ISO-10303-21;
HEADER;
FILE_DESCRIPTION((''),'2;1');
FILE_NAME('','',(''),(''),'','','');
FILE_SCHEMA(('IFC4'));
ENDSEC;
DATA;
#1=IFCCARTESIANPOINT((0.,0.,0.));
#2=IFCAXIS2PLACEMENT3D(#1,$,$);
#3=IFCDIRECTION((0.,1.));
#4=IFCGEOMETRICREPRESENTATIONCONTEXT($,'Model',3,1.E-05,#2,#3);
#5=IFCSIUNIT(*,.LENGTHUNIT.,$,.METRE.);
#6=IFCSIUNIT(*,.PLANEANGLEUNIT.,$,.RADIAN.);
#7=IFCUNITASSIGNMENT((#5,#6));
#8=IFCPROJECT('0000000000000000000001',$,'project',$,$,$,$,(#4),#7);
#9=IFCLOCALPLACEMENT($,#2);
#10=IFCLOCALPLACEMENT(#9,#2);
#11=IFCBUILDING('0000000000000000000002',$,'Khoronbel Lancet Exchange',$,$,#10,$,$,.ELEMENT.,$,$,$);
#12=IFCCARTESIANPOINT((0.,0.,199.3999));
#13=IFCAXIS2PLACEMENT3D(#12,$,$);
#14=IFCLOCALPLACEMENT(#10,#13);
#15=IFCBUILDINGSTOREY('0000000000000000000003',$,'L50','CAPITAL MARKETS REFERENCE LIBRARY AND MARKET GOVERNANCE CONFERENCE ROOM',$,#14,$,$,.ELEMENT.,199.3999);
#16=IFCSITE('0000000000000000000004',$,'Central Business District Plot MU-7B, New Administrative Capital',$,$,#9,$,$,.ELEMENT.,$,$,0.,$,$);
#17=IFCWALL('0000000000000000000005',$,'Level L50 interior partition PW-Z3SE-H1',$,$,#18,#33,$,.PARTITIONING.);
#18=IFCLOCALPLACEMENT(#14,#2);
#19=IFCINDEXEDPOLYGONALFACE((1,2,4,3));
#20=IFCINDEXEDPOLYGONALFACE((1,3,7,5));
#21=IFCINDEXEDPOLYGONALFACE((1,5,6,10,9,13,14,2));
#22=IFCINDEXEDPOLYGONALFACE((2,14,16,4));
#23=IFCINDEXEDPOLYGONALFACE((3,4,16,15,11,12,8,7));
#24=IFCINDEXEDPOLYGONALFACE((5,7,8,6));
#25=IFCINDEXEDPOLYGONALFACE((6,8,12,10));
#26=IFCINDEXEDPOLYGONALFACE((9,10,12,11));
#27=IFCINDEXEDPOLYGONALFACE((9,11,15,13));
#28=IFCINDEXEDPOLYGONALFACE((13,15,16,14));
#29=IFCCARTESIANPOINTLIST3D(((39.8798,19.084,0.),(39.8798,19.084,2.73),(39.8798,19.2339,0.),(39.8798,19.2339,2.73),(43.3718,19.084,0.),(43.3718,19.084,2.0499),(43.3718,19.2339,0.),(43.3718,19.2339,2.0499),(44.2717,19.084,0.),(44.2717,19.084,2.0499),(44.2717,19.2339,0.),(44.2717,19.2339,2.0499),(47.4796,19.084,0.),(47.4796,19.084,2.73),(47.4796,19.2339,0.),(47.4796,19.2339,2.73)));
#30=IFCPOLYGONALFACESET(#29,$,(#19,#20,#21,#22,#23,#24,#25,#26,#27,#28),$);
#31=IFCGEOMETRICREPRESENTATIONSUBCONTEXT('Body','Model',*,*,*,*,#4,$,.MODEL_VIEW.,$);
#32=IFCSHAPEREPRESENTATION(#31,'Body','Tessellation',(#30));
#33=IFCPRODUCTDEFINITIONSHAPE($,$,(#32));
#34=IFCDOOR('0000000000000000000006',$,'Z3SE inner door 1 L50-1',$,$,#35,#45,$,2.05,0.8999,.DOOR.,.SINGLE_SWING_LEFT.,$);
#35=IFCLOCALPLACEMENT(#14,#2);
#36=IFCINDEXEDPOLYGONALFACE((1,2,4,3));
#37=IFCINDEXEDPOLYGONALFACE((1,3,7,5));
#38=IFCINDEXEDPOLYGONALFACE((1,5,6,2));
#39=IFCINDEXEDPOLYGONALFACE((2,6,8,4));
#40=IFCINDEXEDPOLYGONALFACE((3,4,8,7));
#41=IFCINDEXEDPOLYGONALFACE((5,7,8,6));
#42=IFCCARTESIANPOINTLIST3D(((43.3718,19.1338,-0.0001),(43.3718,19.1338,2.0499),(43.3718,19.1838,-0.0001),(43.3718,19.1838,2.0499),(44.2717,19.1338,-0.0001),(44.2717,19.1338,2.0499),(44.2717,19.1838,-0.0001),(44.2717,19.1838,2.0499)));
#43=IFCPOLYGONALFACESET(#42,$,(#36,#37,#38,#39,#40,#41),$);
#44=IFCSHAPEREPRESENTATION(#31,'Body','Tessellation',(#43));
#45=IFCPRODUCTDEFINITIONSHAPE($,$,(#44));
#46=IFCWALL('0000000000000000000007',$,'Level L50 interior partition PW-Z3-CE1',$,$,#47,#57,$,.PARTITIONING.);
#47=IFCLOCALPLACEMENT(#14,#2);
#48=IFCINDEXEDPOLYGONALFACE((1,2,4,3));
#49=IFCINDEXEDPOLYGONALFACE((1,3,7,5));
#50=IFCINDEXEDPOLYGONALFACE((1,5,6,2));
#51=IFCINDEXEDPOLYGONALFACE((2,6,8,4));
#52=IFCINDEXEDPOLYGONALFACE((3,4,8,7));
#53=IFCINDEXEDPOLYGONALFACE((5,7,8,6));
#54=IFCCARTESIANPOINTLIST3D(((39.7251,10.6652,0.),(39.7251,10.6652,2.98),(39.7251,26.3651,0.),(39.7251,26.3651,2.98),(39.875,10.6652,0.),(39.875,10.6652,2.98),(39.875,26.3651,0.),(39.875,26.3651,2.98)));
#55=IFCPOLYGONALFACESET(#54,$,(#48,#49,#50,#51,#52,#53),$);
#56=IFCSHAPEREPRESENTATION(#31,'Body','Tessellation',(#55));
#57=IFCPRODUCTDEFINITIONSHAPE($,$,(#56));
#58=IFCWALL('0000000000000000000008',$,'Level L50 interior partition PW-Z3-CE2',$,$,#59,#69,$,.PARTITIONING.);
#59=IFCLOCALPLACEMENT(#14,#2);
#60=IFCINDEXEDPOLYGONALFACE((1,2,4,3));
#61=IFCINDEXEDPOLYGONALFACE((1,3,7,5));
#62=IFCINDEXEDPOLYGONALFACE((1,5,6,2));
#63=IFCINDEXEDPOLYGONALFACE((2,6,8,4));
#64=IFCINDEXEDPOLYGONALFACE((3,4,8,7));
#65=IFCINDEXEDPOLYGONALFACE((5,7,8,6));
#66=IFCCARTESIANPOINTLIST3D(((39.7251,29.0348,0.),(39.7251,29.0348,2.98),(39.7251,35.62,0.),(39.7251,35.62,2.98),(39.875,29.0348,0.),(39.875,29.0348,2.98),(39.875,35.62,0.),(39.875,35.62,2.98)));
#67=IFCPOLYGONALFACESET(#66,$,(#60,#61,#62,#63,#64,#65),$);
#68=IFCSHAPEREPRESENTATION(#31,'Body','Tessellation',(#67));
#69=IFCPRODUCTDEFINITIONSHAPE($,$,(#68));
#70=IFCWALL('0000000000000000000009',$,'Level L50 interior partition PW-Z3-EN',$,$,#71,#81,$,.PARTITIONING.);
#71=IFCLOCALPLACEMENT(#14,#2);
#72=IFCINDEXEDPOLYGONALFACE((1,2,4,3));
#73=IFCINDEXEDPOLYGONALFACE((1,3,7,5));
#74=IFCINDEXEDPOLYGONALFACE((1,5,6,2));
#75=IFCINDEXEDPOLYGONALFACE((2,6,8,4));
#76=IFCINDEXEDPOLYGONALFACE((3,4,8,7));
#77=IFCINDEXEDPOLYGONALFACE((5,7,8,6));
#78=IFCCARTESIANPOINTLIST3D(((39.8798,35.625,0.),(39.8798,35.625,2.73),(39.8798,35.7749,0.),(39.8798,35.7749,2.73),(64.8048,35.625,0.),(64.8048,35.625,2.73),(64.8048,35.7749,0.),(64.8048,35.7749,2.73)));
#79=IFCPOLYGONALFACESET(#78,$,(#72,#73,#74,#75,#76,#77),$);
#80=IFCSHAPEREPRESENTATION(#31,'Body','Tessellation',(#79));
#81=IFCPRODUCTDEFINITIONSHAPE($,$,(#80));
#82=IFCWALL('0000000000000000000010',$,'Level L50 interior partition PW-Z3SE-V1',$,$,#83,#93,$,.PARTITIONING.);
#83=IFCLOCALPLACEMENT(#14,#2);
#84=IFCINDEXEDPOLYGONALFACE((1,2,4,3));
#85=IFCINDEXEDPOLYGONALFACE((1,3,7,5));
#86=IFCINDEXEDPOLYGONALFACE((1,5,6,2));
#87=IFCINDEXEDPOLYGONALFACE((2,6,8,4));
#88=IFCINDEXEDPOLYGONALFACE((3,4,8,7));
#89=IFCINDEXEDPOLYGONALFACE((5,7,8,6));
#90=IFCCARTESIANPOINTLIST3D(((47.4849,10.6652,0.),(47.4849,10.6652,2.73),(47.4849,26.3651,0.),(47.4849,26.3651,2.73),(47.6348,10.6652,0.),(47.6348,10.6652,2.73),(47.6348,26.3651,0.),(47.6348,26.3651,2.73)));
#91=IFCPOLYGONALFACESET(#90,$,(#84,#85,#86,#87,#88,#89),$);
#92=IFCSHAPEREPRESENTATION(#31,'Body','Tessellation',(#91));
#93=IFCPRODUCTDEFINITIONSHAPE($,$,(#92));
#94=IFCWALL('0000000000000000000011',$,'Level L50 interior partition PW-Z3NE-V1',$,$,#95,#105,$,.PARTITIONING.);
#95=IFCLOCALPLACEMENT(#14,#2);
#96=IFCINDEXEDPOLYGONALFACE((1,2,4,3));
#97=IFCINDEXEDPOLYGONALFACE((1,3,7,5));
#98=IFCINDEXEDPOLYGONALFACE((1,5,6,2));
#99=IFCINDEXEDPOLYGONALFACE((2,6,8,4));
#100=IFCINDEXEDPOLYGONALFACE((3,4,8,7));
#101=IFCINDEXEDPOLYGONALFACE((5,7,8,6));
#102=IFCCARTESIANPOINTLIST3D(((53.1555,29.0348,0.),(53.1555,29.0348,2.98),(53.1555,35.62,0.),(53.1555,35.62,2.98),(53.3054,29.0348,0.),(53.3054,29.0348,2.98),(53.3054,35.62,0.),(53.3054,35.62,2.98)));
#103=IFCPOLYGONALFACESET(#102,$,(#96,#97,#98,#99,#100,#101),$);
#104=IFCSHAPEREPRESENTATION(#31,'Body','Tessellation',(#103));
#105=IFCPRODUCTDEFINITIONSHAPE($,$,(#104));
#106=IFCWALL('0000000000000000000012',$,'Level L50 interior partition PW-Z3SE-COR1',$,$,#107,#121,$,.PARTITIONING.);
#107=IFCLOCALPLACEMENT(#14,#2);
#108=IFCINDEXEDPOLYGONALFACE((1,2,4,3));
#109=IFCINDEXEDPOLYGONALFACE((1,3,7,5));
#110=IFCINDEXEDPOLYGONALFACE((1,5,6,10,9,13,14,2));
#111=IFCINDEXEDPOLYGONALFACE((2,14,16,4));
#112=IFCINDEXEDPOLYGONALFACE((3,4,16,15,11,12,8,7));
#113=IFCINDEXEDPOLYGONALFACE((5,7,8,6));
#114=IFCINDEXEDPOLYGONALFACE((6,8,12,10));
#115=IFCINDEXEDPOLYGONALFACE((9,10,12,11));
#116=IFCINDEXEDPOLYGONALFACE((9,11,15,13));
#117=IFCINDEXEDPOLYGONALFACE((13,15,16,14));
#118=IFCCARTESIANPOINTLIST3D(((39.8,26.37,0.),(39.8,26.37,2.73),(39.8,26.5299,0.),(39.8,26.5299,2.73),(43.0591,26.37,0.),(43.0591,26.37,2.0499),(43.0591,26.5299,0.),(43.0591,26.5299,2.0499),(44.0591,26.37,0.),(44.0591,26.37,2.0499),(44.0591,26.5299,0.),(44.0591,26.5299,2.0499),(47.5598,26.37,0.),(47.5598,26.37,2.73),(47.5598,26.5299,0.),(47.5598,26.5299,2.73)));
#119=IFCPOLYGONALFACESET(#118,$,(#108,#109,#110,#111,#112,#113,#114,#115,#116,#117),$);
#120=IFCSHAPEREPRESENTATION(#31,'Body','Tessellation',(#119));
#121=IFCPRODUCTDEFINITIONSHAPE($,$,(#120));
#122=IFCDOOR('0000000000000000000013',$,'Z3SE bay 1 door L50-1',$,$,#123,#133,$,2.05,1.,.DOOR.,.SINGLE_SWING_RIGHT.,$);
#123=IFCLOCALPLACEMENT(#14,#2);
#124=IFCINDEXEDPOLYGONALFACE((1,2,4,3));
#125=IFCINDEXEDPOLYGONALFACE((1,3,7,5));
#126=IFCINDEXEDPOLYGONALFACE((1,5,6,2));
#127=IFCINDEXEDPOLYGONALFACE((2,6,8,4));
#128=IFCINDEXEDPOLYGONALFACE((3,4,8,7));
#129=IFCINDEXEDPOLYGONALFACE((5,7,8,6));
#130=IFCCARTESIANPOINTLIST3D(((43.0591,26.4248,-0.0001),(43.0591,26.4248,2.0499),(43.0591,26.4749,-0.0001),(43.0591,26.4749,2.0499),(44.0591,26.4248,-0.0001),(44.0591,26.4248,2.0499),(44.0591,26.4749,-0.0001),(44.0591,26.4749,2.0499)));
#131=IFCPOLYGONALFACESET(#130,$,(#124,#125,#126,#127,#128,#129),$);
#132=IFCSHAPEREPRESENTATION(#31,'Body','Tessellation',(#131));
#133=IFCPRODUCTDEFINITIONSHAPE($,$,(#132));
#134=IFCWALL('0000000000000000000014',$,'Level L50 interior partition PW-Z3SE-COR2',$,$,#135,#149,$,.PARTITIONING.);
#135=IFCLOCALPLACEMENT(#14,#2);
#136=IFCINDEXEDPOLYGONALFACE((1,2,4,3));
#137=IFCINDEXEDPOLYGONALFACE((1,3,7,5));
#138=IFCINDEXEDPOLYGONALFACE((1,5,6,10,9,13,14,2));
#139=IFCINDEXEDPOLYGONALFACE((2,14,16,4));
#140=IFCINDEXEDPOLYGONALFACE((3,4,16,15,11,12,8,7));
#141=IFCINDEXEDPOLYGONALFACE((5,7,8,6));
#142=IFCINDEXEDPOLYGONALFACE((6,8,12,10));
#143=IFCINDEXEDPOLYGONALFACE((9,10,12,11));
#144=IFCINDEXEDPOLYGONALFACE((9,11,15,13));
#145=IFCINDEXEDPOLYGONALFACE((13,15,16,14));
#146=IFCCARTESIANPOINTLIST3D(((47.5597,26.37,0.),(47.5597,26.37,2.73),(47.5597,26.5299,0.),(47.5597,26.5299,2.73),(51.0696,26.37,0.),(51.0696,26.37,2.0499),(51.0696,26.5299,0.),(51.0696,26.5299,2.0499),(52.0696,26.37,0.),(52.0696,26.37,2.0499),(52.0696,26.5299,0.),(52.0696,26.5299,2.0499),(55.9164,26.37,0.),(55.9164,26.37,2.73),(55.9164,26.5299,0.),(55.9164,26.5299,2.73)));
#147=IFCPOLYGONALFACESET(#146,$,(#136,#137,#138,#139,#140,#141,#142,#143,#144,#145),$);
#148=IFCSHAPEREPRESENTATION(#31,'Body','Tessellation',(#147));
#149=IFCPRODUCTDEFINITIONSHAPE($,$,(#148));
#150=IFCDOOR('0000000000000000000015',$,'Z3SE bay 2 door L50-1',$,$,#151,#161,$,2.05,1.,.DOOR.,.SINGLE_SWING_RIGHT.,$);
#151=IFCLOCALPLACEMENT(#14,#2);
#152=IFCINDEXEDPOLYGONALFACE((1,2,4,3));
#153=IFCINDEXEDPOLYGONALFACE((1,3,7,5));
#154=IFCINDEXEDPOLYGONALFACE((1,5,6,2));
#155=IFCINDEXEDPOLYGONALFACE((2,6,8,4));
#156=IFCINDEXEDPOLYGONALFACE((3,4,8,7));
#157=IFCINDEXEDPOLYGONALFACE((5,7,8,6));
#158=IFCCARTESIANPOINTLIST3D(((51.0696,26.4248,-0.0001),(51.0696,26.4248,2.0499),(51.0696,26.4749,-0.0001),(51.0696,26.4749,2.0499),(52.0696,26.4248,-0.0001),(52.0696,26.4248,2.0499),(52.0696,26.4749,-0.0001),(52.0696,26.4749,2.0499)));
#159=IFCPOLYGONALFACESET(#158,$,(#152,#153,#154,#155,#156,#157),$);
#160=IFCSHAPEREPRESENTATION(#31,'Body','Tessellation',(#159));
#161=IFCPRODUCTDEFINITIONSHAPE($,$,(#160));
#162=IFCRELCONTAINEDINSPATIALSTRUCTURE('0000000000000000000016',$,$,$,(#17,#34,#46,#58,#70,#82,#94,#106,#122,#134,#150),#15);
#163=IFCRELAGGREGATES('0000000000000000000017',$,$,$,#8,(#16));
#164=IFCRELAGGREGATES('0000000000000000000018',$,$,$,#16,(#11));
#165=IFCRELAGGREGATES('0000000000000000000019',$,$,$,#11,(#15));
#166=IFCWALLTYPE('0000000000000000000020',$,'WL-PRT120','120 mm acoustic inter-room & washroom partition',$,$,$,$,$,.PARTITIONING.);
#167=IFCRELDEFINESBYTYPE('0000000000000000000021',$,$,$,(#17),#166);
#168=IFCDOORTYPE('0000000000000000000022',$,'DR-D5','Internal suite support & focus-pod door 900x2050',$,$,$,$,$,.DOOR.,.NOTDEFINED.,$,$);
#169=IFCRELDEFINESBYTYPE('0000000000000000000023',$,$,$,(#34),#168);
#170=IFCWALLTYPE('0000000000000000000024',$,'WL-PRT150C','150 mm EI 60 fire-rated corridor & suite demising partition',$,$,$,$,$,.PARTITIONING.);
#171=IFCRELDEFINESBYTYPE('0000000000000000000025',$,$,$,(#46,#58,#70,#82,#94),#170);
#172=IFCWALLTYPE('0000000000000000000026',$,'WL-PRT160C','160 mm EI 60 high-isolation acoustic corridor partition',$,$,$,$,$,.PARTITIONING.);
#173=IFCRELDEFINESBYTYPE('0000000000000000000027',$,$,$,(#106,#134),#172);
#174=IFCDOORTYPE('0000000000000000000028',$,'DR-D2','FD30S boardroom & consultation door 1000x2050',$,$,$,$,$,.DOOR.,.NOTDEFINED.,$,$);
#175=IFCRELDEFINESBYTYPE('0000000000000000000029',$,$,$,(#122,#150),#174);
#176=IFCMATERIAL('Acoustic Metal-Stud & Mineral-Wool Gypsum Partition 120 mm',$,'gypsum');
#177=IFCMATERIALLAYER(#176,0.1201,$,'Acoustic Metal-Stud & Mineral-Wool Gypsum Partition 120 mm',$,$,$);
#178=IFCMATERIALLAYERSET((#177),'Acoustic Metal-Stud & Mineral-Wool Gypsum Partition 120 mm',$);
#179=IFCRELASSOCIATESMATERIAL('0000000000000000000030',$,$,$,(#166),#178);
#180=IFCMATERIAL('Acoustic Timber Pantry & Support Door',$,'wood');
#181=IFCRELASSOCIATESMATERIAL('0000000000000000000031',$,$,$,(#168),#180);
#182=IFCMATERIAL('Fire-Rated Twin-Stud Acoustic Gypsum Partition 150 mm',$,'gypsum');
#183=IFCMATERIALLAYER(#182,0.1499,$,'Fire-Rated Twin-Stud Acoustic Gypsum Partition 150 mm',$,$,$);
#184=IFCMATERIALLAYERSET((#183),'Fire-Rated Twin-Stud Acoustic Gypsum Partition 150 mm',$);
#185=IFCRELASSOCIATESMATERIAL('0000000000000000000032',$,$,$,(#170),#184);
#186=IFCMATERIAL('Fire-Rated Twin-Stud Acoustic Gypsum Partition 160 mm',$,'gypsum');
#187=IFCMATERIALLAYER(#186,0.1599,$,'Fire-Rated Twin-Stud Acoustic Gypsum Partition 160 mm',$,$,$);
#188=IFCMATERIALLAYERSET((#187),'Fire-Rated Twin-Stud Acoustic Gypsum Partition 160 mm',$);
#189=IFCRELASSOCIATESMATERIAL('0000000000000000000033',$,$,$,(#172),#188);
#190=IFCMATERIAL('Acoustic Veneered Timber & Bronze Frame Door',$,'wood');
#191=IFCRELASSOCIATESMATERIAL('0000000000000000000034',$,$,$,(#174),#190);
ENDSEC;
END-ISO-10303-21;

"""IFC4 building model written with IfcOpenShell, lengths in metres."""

from ifc_helpers import new_model, si_unit, direction, frame, frame_2d, origin, place, context, subcontext, project, spatial, rectangle, extrude, material, layer, layer_set, type_object, element, fill, save


model = new_model("IFC4")

# Units and contexts
model_context = context("Model", 3, precision=1e-05, world=origin(), true_north=direction((0.0, 1.0)))
body_context = subcontext(model_context, "Body", "Model", "MODEL_VIEW")
ifc_project = project(units=[si_unit("LENGTHUNIT", "METRE"), si_unit("PLANEANGLEUNIT", "RADIAN")], contexts=[model_context])

# Site, building, storey
site_placement = place(None, origin())
site = spatial("IfcSite", under=ifc_project, at=site_placement, Name="Central Business District Plot MU-7B, New Administrative Capital", CompositionType="ELEMENT", RefElevation=0.0)
building_placement = place(site_placement, origin())
building = spatial("IfcBuilding", under=site, at=building_placement, Name="Khoronbel Lancet Exchange", CompositionType="ELEMENT")
storey_placement = place(building_placement, frame((0.0, 0.0, 199.3999)))
storey = spatial("IfcBuildingStorey", under=building, at=storey_placement, Name="L50", Description="CAPITAL MARKETS REFERENCE LIBRARY AND MARKET GOVERNANCE CONFERENCE ROOM", CompositionType="ELEMENT", Elevation=199.3999)

# Wall, opening, door
ifc_material_1 = material(Name="Acoustic Metal-Stud & Mineral-Wool Gypsum Partition 120 mm", Category="gypsum")
ifc_layer_1 = layer(ifc_material_1, 0.1201, Name="Acoustic Metal-Stud & Mineral-Wool Gypsum Partition 120 mm")
ifc_layer_set_1 = layer_set([ifc_layer_1], Name="Acoustic Metal-Stud & Mineral-Wool Gypsum Partition 120 mm")
wall_type_1 = type_object("IfcWallType", Name="WL-PRT120", Description="120 mm acoustic inter-room & washroom partition", PredefinedType="PARTITIONING", material=ifc_layer_set_1)
wall_1_placement = place(storey_placement, frame((39.8799, 19.1589, 0.0), z_axis=(0.0, 0.0, 1.0), x_axis=(1.0, 0.0, 0.0)))
wall_1 = element("IfcWall", 1, at=wall_1_placement, inside=storey, type_object=wall_type_1, Name="Level L50 interior partition PW-Z3SE-H1", PredefinedType="PARTITIONING", context=body_context, shape_type="SweptSolid", body=[
    extrude(rectangle(XDim=7.5999, YDim=0.1499, at=frame_2d((3.7998, 0.0))), origin(), (0.0, 0.0, 1.0), 2.73),
])
opening_1_placement = place(wall_1_placement, frame((3.4919, 0.0, 0.0)))
opening_1 = element("IfcOpeningElement", 2, at=opening_1_placement, cuts=wall_1, PredefinedType="OPENING", context=body_context, shape_type="SweptSolid", body=[
    extrude(rectangle(XDim=0.8999, YDim=2.05, at=frame_2d((0.45, 1.0249))), frame((0.0, 0.085, 0.0), z_axis=(0.0, -1.0, 0.0), x_axis=(1.0, 0.0, 0.0)), (0.0, 0.0, 1.0), 0.1699),
])
ifc_material_2 = material(Name="Acoustic Timber Pantry & Support Door", Category="wood")
door_type_1 = type_object("IfcDoorType", Name="DR-D5", Description="Internal suite support & focus-pod door 900x2050", OperationType="NOTDEFINED", PredefinedType="DOOR", material=ifc_material_2)
door_1_placement = place(opening_1_placement, origin())
door_1 = element("IfcDoor", 3, at=door_1_placement, inside=storey, type_object=door_type_1, Name="Z3SE inner door 1 L50-1", OperationType="SINGLE_SWING_LEFT", OverallHeight=2.05, OverallWidth=0.8999, PredefinedType="DOOR", context=body_context, shape_type="SweptSolid", body=[
    extrude(rectangle(XDim=0.8999, YDim=2.05, at=frame_2d((0.45, 1.0249))), frame((0.0, 0.0249, 0.0), z_axis=(0.0, -1.0, 0.0), x_axis=(1.0, 0.0, 0.0)), (0.0, 0.0, 1.0), 0.05),
])
fill(opening_1, door_1)

# Walls
ifc_material_3 = material(Name="Fire-Rated Twin-Stud Acoustic Gypsum Partition 150 mm", Category="gypsum")
ifc_layer_2 = layer(ifc_material_3, 0.1499, Name="Fire-Rated Twin-Stud Acoustic Gypsum Partition 150 mm")
ifc_layer_set_2 = layer_set([ifc_layer_2], Name="Fire-Rated Twin-Stud Acoustic Gypsum Partition 150 mm")
wall_type_2 = type_object("IfcWallType", Name="WL-PRT150C", Description="150 mm EI 60 fire-rated corridor & suite demising partition", PredefinedType="PARTITIONING", material=ifc_layer_set_2)
wall_2_placement = place(storey_placement, frame((39.8, 10.665, 0.0), z_axis=(0.0, 0.0, 1.0), x_axis=(0.0, 1.0, 0.0)))
element("IfcWall", 4, at=wall_2_placement, inside=storey, type_object=wall_type_2, Name="Level L50 interior partition PW-Z3-CE1", PredefinedType="PARTITIONING", context=body_context, shape_type="SweptSolid", body=[
    extrude(rectangle(XDim=15.7, YDim=0.1499, at=frame_2d((7.8501, 0.0))), origin(), (0.0, 0.0, 1.0), 2.98),
])
wall_3_placement = place(storey_placement, frame((39.8, 29.0349, 0.0), z_axis=(0.0, 0.0, 1.0), x_axis=(0.0, 1.0, 0.0)))
element("IfcWall", 5, at=wall_3_placement, inside=storey, type_object=wall_type_2, Name="Level L50 interior partition PW-Z3-CE2", PredefinedType="PARTITIONING", context=body_context, shape_type="SweptSolid", body=[
    extrude(rectangle(XDim=6.5852, YDim=0.1499, at=frame_2d((3.2925, 0.0))), origin(), (0.0, 0.0, 1.0), 2.98),
])
wall_4_placement = place(storey_placement, frame((39.8799, 35.7, 0.0), z_axis=(0.0, 0.0, 1.0), x_axis=(1.0, 0.0, 0.0)))
element("IfcWall", 6, at=wall_4_placement, inside=storey, type_object=wall_type_2, Name="Level L50 interior partition PW-Z3-EN", PredefinedType="PARTITIONING", context=body_context, shape_type="SweptSolid", body=[
    extrude(rectangle(XDim=24.925, YDim=0.1499, at=frame_2d((12.4624, 0.0))), origin(), (0.0, 0.0, 1.0), 2.73),
])
wall_5_placement = place(storey_placement, frame((47.5598, 10.665, 0.0), z_axis=(0.0, 0.0, 1.0), x_axis=(0.0, 1.0, 0.0)))
element("IfcWall", 7, at=wall_5_placement, inside=storey, type_object=wall_type_2, Name="Level L50 interior partition PW-Z3SE-V1", PredefinedType="PARTITIONING", context=body_context, shape_type="SweptSolid", body=[
    extrude(rectangle(XDim=15.7, YDim=0.1499, at=frame_2d((7.8501, 0.0))), origin(), (0.0, 0.0, 1.0), 2.73),
])
wall_6_placement = place(storey_placement, frame((53.2305, 29.0349, 0.0), z_axis=(0.0, 0.0, 1.0), x_axis=(0.0, 1.0, 0.0)))
element("IfcWall", 8, at=wall_6_placement, inside=storey, type_object=wall_type_2, Name="Level L50 interior partition PW-Z3NE-V1", PredefinedType="PARTITIONING", context=body_context, shape_type="SweptSolid", body=[
    extrude(rectangle(XDim=6.5852, YDim=0.1499, at=frame_2d((3.2925, 0.0))), origin(), (0.0, 0.0, 1.0), 2.98),
])

# Walls, openings, doors
ifc_material_4 = material(Name="Fire-Rated Twin-Stud Acoustic Gypsum Partition 160 mm", Category="gypsum")
ifc_layer_3 = layer(ifc_material_4, 0.1599, Name="Fire-Rated Twin-Stud Acoustic Gypsum Partition 160 mm")
ifc_layer_set_3 = layer_set([ifc_layer_3], Name="Fire-Rated Twin-Stud Acoustic Gypsum Partition 160 mm")
wall_type_3 = type_object("IfcWallType", Name="WL-PRT160C", Description="160 mm EI 60 high-isolation acoustic corridor partition", PredefinedType="PARTITIONING", material=ifc_layer_set_3)
wall_7_placement = place(storey_placement, frame((39.8, 26.45, 0.0), z_axis=(0.0, 0.0, 1.0), x_axis=(1.0, 0.0, 0.0)))
wall_7 = element("IfcWall", 9, at=wall_7_placement, inside=storey, type_object=wall_type_3, Name="Level L50 interior partition PW-Z3SE-COR1", PredefinedType="PARTITIONING", context=body_context, shape_type="SweptSolid", body=[
    extrude(rectangle(XDim=7.7598, YDim=0.1599, at=frame_2d((3.8799, 0.0))), origin(), (0.0, 0.0, 1.0), 2.73),
])
opening_2_placement = place(wall_7_placement, frame((3.259, 0.0, 0.0)))
opening_2 = element("IfcOpeningElement", 10, at=opening_2_placement, cuts=wall_7, PredefinedType="OPENING", context=body_context, shape_type="SweptSolid", body=[
    extrude(rectangle(XDim=1.0, YDim=2.05, at=frame_2d((0.5, 1.0249))), frame((0.0, 0.0898, 0.0), z_axis=(0.0, -1.0, 0.0), x_axis=(1.0, 0.0, 0.0)), (0.0, 0.0, 1.0), 0.1799),
])
ifc_material_5 = material(Name="Acoustic Veneered Timber & Bronze Frame Door", Category="wood")
door_type_2 = type_object("IfcDoorType", Name="DR-D2", Description="FD30S boardroom & consultation door 1000x2050", OperationType="NOTDEFINED", PredefinedType="DOOR", material=ifc_material_5)
door_2_placement = place(opening_2_placement, origin())
door_2 = element("IfcDoor", 11, at=door_2_placement, inside=storey, type_object=door_type_2, Name="Z3SE bay 1 door L50-1", OperationType="SINGLE_SWING_RIGHT", OverallHeight=2.05, OverallWidth=1.0, PredefinedType="DOOR", context=body_context, shape_type="SweptSolid", body=[
    extrude(rectangle(XDim=1.0, YDim=2.05, at=frame_2d((0.5, 1.0249))), frame((0.0, 0.0249, 0.0), z_axis=(0.0, -1.0, 0.0), x_axis=(1.0, 0.0, 0.0)), (0.0, 0.0, 1.0), 0.05),
])
fill(opening_2, door_2)
wall_8_placement = place(storey_placement, frame((47.5598, 26.45, 0.0), z_axis=(0.0, 0.0, 1.0), x_axis=(1.0, 0.0, 0.0)))
wall_8 = element("IfcWall", 12, at=wall_8_placement, inside=storey, type_object=wall_type_3, Name="Level L50 interior partition PW-Z3SE-COR2", PredefinedType="PARTITIONING", context=body_context, shape_type="SweptSolid", body=[
    extrude(rectangle(XDim=8.3567, YDim=0.1599, at=frame_2d((4.1782, 0.0))), origin(), (0.0, 0.0, 1.0), 2.73),
])
opening_3_placement = place(wall_8_placement, frame((3.5098, 0.0, 0.0)))
opening_3 = element("IfcOpeningElement", 13, at=opening_3_placement, cuts=wall_8, PredefinedType="OPENING", context=body_context, shape_type="SweptSolid", body=[
    extrude(rectangle(XDim=1.0, YDim=2.05, at=frame_2d((0.5, 1.0249))), frame((0.0, 0.0898, 0.0), z_axis=(0.0, -1.0, 0.0), x_axis=(1.0, 0.0, 0.0)), (0.0, 0.0, 1.0), 0.1799),
])
door_3_placement = place(opening_3_placement, origin())
door_3 = element("IfcDoor", 14, at=door_3_placement, inside=storey, type_object=door_type_2, Name="Z3SE bay 2 door L50-1", OperationType="SINGLE_SWING_RIGHT", OverallHeight=2.05, OverallWidth=1.0, PredefinedType="DOOR", context=body_context, shape_type="SweptSolid", body=[
    extrude(rectangle(XDim=1.0, YDim=2.05, at=frame_2d((0.5, 1.0249))), frame((0.0, 0.0249, 0.0), z_axis=(0.0, -1.0, 0.0), x_axis=(1.0, 0.0, 0.0)), (0.0, 0.0, 1.0), 0.05),
])
fill(opening_3, door_3)

save(model, "model.ifc")
